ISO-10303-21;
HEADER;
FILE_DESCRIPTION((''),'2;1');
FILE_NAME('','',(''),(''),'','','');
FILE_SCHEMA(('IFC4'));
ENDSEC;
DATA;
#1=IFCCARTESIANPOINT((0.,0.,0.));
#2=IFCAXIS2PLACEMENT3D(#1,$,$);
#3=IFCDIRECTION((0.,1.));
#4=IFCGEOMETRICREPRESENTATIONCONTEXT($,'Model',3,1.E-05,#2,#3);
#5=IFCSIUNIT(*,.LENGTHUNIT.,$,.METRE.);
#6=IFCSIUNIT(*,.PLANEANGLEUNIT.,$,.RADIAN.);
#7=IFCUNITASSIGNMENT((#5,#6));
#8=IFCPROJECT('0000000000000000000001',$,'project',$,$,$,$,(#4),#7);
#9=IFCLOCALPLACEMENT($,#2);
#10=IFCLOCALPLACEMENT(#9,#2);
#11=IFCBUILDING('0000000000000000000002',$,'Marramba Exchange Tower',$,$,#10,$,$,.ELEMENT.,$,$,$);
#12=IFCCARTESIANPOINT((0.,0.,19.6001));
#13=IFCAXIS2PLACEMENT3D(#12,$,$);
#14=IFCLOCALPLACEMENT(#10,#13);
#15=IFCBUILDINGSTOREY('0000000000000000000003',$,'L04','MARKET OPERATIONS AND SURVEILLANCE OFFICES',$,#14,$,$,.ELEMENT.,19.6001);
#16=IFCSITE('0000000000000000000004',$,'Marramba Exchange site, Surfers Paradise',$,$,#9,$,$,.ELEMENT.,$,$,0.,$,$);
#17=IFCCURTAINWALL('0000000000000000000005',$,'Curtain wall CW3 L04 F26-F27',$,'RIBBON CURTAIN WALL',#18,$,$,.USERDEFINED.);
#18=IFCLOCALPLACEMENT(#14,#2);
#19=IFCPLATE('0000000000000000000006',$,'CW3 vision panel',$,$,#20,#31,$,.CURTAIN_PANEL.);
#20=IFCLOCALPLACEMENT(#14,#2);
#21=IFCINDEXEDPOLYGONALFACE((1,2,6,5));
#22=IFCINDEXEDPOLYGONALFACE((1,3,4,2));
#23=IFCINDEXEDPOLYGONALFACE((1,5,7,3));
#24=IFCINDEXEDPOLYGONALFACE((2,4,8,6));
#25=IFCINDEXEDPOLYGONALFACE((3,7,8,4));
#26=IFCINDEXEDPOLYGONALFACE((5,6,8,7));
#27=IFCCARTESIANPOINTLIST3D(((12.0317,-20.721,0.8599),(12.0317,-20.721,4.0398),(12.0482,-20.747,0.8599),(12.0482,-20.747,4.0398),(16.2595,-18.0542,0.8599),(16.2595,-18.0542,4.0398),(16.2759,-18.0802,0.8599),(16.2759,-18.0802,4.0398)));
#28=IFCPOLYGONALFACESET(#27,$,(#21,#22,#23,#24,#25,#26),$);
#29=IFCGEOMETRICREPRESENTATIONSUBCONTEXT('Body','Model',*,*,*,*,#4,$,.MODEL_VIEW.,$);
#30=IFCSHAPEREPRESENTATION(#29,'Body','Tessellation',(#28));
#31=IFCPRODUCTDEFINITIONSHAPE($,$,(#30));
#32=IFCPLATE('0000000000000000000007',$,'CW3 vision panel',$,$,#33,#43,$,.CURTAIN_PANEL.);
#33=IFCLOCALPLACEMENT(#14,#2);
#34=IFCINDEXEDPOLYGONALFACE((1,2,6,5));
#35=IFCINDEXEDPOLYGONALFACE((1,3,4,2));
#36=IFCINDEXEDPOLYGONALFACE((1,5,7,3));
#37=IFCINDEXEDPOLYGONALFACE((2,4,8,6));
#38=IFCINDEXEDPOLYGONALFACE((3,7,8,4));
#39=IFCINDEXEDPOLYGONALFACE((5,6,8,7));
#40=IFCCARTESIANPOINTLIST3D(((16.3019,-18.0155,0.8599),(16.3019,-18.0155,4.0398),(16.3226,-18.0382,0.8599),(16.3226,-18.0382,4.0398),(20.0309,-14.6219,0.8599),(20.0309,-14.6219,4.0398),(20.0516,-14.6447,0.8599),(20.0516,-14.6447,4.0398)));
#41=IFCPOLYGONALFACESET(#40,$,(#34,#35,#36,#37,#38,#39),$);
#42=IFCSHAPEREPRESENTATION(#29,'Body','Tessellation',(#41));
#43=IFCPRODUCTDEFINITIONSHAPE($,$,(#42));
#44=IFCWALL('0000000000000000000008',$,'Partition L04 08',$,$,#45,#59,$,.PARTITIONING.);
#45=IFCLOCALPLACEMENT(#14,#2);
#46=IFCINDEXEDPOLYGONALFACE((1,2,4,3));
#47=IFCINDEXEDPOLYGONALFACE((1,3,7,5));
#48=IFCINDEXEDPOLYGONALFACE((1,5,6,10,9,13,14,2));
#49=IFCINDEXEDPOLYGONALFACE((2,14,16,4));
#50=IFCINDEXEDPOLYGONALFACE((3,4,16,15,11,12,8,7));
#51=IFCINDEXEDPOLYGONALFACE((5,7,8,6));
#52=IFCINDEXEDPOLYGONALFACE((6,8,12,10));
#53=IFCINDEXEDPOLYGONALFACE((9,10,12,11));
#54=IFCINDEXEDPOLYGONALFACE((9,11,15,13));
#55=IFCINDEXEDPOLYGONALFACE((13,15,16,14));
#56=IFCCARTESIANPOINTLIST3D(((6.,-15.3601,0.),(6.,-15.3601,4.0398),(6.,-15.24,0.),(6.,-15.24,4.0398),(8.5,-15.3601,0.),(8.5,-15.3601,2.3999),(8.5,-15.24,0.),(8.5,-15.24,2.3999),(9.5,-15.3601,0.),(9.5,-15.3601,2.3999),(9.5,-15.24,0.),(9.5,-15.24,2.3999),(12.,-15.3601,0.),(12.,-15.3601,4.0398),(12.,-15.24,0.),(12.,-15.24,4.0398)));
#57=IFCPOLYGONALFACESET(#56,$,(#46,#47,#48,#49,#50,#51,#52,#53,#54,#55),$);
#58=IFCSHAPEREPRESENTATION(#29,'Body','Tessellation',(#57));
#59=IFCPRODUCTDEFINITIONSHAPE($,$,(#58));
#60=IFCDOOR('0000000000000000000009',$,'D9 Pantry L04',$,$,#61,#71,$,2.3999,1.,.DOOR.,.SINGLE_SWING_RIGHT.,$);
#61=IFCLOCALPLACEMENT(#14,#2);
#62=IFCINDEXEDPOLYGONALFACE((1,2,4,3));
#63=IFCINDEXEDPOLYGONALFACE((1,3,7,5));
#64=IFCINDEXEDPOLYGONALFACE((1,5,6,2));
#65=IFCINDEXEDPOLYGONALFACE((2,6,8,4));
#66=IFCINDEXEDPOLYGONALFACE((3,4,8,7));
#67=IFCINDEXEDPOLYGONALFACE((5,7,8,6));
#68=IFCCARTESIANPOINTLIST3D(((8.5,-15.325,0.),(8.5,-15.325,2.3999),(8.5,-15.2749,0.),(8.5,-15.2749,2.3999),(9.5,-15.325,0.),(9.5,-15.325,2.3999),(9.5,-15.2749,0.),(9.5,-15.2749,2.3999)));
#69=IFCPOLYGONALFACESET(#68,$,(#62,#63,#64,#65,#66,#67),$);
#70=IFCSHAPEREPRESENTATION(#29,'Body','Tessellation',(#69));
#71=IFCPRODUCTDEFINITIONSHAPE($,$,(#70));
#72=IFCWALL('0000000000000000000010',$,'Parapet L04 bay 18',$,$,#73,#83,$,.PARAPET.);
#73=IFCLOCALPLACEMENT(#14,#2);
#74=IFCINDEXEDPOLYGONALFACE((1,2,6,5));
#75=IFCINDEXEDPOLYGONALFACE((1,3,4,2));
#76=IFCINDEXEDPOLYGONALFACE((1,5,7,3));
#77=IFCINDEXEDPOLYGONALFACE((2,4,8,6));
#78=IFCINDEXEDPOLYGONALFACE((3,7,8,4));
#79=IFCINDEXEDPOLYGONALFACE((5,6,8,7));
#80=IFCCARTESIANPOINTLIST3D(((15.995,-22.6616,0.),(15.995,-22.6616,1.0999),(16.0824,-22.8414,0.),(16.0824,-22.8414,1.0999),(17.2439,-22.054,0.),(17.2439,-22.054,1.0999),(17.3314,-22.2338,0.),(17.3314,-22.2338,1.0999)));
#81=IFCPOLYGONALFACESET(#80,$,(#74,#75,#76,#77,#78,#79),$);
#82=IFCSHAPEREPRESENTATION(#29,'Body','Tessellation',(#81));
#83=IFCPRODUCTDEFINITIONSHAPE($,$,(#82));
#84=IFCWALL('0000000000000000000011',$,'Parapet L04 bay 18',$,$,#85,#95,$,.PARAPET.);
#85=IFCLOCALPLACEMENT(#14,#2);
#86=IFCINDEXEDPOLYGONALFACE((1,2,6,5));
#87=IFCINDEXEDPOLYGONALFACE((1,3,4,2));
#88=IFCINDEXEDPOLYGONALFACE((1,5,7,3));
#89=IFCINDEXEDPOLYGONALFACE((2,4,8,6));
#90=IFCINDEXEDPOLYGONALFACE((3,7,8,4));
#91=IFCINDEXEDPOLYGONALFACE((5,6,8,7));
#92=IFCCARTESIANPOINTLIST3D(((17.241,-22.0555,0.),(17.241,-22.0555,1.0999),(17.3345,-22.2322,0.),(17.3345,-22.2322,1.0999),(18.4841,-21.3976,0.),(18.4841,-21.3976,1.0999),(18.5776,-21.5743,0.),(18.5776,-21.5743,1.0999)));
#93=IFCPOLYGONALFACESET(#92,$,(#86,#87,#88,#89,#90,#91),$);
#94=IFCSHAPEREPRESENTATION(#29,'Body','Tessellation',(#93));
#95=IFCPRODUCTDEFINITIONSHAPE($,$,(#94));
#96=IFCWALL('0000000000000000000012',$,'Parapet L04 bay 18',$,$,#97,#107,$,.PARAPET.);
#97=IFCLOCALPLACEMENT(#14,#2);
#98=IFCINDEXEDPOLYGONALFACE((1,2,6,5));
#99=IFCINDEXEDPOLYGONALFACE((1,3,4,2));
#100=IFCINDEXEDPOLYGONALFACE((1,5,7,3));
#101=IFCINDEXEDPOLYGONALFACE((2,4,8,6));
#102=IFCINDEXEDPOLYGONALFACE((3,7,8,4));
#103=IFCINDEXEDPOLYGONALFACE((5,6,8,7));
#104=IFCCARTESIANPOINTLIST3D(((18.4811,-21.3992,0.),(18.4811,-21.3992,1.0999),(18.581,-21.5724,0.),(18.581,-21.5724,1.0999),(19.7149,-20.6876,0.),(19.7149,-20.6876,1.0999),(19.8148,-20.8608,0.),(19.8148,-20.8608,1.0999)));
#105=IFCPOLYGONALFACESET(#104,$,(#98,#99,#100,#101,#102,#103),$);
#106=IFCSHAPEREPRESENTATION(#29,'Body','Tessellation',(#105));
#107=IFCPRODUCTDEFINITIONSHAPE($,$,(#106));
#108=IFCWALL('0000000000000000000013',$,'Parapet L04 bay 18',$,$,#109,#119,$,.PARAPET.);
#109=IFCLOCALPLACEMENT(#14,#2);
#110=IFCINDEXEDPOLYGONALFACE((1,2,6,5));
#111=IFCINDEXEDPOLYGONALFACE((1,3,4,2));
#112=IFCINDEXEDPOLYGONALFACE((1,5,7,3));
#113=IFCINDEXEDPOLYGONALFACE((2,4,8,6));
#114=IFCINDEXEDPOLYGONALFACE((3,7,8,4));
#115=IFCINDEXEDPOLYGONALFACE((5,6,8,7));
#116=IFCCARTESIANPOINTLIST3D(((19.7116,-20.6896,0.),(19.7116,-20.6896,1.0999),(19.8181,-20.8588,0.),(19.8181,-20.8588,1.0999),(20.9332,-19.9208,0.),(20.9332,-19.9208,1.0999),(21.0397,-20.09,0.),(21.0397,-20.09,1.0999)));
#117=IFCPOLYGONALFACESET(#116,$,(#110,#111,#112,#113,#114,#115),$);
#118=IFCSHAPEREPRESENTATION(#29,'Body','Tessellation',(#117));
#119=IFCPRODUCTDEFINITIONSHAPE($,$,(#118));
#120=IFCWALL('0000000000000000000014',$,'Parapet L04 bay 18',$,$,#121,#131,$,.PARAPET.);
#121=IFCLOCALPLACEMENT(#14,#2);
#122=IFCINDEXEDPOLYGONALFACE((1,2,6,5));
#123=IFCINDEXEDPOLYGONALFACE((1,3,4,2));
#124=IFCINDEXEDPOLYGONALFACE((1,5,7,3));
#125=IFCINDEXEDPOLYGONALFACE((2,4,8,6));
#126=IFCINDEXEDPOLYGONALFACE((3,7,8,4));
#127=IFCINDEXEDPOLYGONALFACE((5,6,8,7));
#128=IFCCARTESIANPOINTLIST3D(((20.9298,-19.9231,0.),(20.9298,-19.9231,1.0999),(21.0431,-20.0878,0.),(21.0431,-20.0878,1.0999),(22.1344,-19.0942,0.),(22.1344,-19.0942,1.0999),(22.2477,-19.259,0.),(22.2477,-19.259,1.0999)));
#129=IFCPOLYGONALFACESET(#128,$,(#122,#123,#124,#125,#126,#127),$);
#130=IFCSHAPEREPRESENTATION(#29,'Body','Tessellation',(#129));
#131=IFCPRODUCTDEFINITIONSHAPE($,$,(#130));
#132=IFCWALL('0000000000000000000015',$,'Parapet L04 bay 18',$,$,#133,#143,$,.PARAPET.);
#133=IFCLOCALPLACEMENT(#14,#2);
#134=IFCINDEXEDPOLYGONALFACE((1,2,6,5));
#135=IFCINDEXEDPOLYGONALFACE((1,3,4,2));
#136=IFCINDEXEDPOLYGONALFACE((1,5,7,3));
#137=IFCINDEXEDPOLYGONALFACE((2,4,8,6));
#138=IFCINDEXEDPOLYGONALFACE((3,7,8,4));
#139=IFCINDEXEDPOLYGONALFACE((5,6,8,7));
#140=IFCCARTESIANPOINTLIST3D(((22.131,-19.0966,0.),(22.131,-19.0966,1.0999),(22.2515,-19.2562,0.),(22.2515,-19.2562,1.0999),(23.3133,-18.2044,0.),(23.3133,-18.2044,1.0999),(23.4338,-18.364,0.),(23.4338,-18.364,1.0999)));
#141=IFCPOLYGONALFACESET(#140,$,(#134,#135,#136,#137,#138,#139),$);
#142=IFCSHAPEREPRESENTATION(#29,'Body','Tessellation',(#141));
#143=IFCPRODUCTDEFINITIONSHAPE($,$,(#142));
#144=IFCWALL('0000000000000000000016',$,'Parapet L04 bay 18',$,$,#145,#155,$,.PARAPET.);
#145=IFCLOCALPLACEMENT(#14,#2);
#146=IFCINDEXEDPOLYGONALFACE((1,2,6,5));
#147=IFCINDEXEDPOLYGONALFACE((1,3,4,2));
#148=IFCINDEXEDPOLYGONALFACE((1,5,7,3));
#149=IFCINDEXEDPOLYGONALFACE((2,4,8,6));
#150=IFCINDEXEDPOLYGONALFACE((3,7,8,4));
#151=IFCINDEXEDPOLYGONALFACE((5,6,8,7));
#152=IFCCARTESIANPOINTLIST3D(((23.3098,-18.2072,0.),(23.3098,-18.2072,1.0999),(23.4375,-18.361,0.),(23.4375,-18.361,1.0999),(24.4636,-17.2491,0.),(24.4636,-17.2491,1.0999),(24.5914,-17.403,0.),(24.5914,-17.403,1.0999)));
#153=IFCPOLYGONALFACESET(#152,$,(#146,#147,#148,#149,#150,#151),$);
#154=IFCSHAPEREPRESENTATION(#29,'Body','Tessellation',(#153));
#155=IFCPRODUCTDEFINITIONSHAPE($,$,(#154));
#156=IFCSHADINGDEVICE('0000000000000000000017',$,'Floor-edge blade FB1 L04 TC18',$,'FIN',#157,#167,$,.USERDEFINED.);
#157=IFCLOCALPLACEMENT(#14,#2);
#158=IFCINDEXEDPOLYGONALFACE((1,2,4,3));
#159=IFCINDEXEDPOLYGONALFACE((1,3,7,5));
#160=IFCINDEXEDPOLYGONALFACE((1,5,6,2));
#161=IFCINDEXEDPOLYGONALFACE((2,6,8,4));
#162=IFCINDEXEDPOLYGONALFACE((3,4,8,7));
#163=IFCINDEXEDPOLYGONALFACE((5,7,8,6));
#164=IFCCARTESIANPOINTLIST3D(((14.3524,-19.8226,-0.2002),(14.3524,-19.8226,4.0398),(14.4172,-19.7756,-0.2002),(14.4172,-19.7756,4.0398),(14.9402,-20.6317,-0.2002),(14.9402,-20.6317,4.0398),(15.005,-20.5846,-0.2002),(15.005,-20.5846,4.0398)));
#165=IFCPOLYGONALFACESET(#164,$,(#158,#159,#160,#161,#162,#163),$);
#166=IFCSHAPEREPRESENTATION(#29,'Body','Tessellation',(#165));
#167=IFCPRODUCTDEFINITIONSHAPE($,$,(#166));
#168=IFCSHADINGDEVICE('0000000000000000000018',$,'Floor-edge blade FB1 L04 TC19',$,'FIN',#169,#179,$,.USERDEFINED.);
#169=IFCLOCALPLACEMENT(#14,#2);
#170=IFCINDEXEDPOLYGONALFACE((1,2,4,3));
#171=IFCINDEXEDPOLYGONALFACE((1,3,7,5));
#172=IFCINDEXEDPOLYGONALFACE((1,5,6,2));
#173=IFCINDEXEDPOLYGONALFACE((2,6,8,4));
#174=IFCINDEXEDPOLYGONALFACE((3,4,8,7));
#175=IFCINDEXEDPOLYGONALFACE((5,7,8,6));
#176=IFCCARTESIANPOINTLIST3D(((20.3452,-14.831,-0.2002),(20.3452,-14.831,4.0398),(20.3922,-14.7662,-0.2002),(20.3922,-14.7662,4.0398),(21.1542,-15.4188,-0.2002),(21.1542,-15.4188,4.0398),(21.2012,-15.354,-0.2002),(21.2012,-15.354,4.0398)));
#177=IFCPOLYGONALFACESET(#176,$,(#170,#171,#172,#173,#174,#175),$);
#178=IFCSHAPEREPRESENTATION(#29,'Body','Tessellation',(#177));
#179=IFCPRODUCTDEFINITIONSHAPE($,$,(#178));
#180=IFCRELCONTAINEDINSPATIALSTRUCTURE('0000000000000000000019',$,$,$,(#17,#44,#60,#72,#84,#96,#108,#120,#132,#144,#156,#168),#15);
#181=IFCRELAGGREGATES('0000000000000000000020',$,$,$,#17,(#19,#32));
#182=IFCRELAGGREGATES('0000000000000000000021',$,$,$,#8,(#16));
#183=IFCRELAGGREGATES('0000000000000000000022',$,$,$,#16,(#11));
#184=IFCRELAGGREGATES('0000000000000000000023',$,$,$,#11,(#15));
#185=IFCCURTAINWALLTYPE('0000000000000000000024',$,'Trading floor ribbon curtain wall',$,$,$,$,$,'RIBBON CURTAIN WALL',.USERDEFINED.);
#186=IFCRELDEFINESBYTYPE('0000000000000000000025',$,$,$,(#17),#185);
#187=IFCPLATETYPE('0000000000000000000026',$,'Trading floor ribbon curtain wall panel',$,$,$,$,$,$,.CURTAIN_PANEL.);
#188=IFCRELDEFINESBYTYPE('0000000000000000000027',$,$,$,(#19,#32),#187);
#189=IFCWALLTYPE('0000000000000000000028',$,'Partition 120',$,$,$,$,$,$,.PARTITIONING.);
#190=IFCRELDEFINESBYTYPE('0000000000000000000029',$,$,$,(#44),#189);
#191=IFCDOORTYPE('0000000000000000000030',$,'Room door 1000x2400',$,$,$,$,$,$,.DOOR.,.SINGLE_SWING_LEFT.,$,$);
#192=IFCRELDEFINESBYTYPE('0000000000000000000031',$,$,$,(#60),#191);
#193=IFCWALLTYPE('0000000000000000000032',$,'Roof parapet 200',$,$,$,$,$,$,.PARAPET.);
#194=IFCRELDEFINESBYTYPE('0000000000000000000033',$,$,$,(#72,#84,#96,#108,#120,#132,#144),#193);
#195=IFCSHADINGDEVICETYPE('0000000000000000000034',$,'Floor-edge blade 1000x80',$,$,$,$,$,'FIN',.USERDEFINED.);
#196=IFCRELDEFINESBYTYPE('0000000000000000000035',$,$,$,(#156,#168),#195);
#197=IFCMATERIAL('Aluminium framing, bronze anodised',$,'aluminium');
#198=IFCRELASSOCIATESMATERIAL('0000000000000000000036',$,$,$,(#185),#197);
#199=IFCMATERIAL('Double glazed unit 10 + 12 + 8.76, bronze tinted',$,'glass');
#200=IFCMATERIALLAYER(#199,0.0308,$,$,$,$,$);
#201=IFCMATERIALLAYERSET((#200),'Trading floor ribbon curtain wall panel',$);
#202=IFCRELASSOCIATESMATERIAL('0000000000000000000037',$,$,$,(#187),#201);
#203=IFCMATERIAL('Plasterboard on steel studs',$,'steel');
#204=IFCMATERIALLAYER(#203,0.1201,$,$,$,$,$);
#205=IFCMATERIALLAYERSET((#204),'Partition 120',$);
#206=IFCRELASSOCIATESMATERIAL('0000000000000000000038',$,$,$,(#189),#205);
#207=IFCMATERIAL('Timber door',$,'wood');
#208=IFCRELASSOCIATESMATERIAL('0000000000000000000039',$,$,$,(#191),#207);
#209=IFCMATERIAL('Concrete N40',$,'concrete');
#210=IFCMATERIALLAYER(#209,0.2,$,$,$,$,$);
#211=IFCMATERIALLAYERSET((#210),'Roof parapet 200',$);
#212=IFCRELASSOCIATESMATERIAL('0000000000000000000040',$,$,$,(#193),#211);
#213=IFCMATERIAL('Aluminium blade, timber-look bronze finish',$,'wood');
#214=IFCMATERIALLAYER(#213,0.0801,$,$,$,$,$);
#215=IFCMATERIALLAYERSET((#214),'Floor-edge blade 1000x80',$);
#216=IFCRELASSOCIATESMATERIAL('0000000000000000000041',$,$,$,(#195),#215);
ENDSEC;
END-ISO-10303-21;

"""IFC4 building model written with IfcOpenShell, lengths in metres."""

from ifc_helpers import new_model, si_unit, direction, frame, frame_2d, origin, origin_2d, place, context, subcontext, project, spatial, rectangle, extrude, material, layer, layer_set, type_object, element, fill, aggregate, save


model = new_model("IFC4")

# Units and contexts
model_context = context("Model", 3, precision=1e-05, world=origin(), true_north=direction((0.0, 1.0)))
body_context = subcontext(model_context, "Body", "Model", "MODEL_VIEW")
ifc_project = project(units=[si_unit("LENGTHUNIT", "METRE"), si_unit("PLANEANGLEUNIT", "RADIAN")], contexts=[model_context])

# Site, building, storey
site_placement = place(None, origin())
site = spatial("IfcSite", under=ifc_project, at=site_placement, Name="Marramba Exchange site, Surfers Paradise", CompositionType="ELEMENT", RefElevation=0.0)
building_placement = place(site_placement, origin())
building = spatial("IfcBuilding", under=site, at=building_placement, Name="Marramba Exchange Tower", CompositionType="ELEMENT")
storey_placement = place(building_placement, frame((0.0, 0.0, 19.6001)))
storey = spatial("IfcBuildingStorey", under=building, at=storey_placement, Name="L04", Description="MARKET OPERATIONS AND SURVEILLANCE OFFICES", CompositionType="ELEMENT", Elevation=19.6001)

# Curtain wall, plates
ifc_material_1 = material(Name="Aluminium framing, bronze anodised", Category="aluminium")
curtain_wall_type = type_object("IfcCurtainWallType", Name="Trading floor ribbon curtain wall", ElementType="RIBBON CURTAIN WALL", PredefinedType="USERDEFINED", material=ifc_material_1)
curtain_wall_placement = place(storey_placement, origin())
curtain_wall = element("IfcCurtainWall", 1, at=curtain_wall_placement, inside=storey, type_object=curtain_wall_type, Name="Curtain wall CW3 L04 F26-F27", ObjectType="RIBBON CURTAIN WALL", PredefinedType="USERDEFINED")
ifc_material_2 = material(Name="Double glazed unit 10 + 12 + 8.76, bronze tinted", Category="glass")
ifc_layer_1 = layer(ifc_material_2, 0.0308)
ifc_layer_set_1 = layer_set([ifc_layer_1], Name="Trading floor ribbon curtain wall panel")
plate_type = type_object("IfcPlateType", Name="Trading floor ribbon curtain wall panel", PredefinedType="CURTAIN_PANEL", material=ifc_layer_set_1)
plate_1_placement = place(storey_placement, frame((14.1538, -19.4006, 0.8599), z_axis=(0.0, 0.0, 1.0), x_axis=(0.845791, 0.533515, 0.0)))
plate_1 = element("IfcPlate", 2, at=plate_1_placement, type_object=plate_type, Name="CW3 vision panel", PredefinedType="CURTAIN_PANEL", context=body_context, shape_type="SweptSolid", body=[
    extrude(rectangle(XDim=4.9985, YDim=0.0308, at=origin_2d()), origin(), (0.0, 0.0, 1.0), 3.1799),
])
plate_2_placement = place(storey_placement, frame((18.1768, -16.3301, 0.8599), z_axis=(0.0, 0.0, 1.0), x_axis=(0.73959, 0.673058, 0.0)))
plate_2 = element("IfcPlate", 3, at=plate_2_placement, type_object=plate_type, Name="CW3 vision panel", PredefinedType="CURTAIN_PANEL", context=body_context, shape_type="SweptSolid", body=[
    extrude(rectangle(XDim=5.042, YDim=0.0308, at=origin_2d()), origin(), (0.0, 0.0, 1.0), 3.1799),
])
aggregate(curtain_wall, [plate_1, plate_2])

# Wall, opening, door
ifc_material_3 = material(Name="Plasterboard on steel studs", Category="steel")
ifc_layer_2 = layer(ifc_material_3, 0.1201)
ifc_layer_set_2 = layer_set([ifc_layer_2], Name="Partition 120")
wall_type_1 = type_object("IfcWallType", Name="Partition 120", PredefinedType="PARTITIONING", material=ifc_layer_set_2)
wall_1_placement = place(storey_placement, frame((12.0, -15.3, 0.0), z_axis=(0.0, 0.0, 1.0), x_axis=(-1.0, 0.0, 0.0)))
wall_1 = element("IfcWall", 4, at=wall_1_placement, inside=storey, type_object=wall_type_1, Name="Partition L04 08", PredefinedType="PARTITIONING", context=body_context, shape_type="SweptSolid", body=[
    extrude(rectangle(XDim=6.0, YDim=0.1201, at=frame_2d((3.0, 0.0))), origin(), (0.0, 0.0, 1.0), 4.0398),
])
opening_1_placement = place(wall_1_placement, frame((2.5, 0.0, 0.0)))
opening_1 = element("IfcOpeningElement", 5, at=opening_1_placement, cuts=wall_1, PredefinedType="OPENING", context=body_context, shape_type="SweptSolid", body=[
    extrude(rectangle(XDim=1.0, YDim=2.3999, at=frame_2d((0.5, 1.2))), frame((0.0, 0.0701, 0.0), z_axis=(0.0, -1.0, 0.0), x_axis=(1.0, 0.0, 0.0)), (0.0, 0.0, 1.0), 0.1401),
])
ifc_material_4 = material(Name="Timber door", Category="wood")
door_type_1 = type_object("IfcDoorType", Name="Room door 1000x2400", OperationType="SINGLE_SWING_LEFT", PredefinedType="DOOR", material=ifc_material_4)
door_1_placement = place(opening_1_placement, frame((1.0, 0.0, 0.0), z_axis=(0.0, 0.0, 1.0), x_axis=(-1.0, 0.0, 0.0)))
door_1 = element("IfcDoor", 6, at=door_1_placement, inside=storey, type_object=door_type_1, Name="D9 Pantry L04", OperationType="SINGLE_SWING_RIGHT", OverallHeight=2.3999, OverallWidth=1.0, PredefinedType="DOOR", context=body_context, shape_type="SweptSolid", body=[
    extrude(rectangle(XDim=1.0, YDim=2.3999, at=frame_2d((0.5, 1.2))), frame((0.0, 0.0251, 0.0), z_axis=(0.0, -1.0, 0.0), x_axis=(1.0, 0.0, 0.0)), (0.0, 0.0, 1.0), 0.05),
])
fill(opening_1, door_1)

# Walls
ifc_material_5 = material(Name="Concrete N40", Category="concrete")
ifc_layer_3 = layer(ifc_material_5, 0.2)
ifc_layer_set_3 = layer_set([ifc_layer_3], Name="Roof parapet 200")
wall_type_2 = type_object("IfcWallType", Name="Roof parapet 200", PredefinedType="PARAPET", material=ifc_layer_set_3)
wall_2_placement = place(storey_placement, frame((16.0388, -22.7515, 0.0), z_axis=(0.0, 0.0, 1.0), x_axis=(0.899226, 0.437485, 0.0)))
element("IfcWall", 7, at=wall_2_placement, inside=storey, type_object=wall_type_2, Name="Parapet L04 bay 18", PredefinedType="PARAPET", context=body_context, shape_type="SweptSolid", body=[
    extrude(rectangle(XDim=1.3889, YDim=0.2, at=frame_2d((0.6943, 0.0))), origin(), (0.0, 0.0, 1.0), 1.0999),
])
wall_3_placement = place(storey_placement, frame((17.2878, -22.1438, 0.0), z_axis=(0.0, 0.0, 1.0), x_axis=(0.883843, 0.467784, 0.0)))
element("IfcWall", 8, at=wall_3_placement, inside=storey, type_object=wall_type_2, Name="Parapet L04 bay 18", PredefinedType="PARAPET", context=body_context, shape_type="SweptSolid", body=[
    extrude(rectangle(XDim=1.4065, YDim=0.2, at=frame_2d((0.7031, 0.0))), origin(), (0.0, 0.0, 1.0), 1.0999),
])
wall_4_placement = place(storey_placement, frame((18.531, -21.4858, 0.0), z_axis=(0.0, 0.0, 1.0), x_axis=(0.866243, 0.499624, 0.0)))
element("IfcWall", 9, at=wall_4_placement, inside=storey, type_object=wall_type_2, Name="Parapet L04 bay 18", PredefinedType="PARAPET", context=body_context, shape_type="SweptSolid", body=[
    extrude(rectangle(XDim=1.4243, YDim=0.2, at=frame_2d((0.7122, 0.0))), origin(), (0.0, 0.0, 1.0), 1.0999),
])
wall_5_placement = place(storey_placement, frame((19.7649, -20.7742, 0.0), z_axis=(0.0, 0.0, 1.0), x_axis=(0.84636, 0.532611, 0.0)))
element("IfcWall", 10, at=wall_5_placement, inside=storey, type_object=wall_type_2, Name="Parapet L04 bay 18", PredefinedType="PARAPET", context=body_context, shape_type="SweptSolid", body=[
    extrude(rectangle(XDim=1.4434, YDim=0.2, at=frame_2d((0.7217, 0.0))), origin(), (0.0, 0.0, 1.0), 1.0999),
])
wall_6_placement = place(storey_placement, frame((20.9866, -20.0054, 0.0), z_axis=(0.0, 0.0, 1.0), x_axis=(0.823818, 0.566855, 0.0)))
element("IfcWall", 11, at=wall_6_placement, inside=storey, type_object=wall_type_2, Name="Parapet L04 bay 18", PredefinedType="PARAPET", context=body_context, shape_type="SweptSolid", body=[
    extrude(rectangle(XDim=1.4622, YDim=0.2, at=frame_2d((0.731, 0.0))), origin(), (0.0, 0.0, 1.0), 1.0999),
])
wall_7_placement = place(storey_placement, frame((22.1912, -19.1765, 0.0), z_axis=(0.0, 0.0, 1.0), x_axis=(0.798197, 0.602397, 0.0)))
element("IfcWall", 12, at=wall_7_placement, inside=storey, type_object=wall_type_2, Name="Parapet L04 bay 18", PredefinedType="PARAPET", context=body_context, shape_type="SweptSolid", body=[
    extrude(rectangle(XDim=1.4812, YDim=0.2, at=frame_2d((0.7407, 0.0))), origin(), (0.0, 0.0, 1.0), 1.0999),
])
wall_8_placement = place(storey_placement, frame((23.3735, -18.2842, 0.0), z_axis=(0.0, 0.0, 1.0), x_axis=(0.769368, 0.638806, 0.0)))
element("IfcWall", 13, at=wall_8_placement, inside=storey, type_object=wall_type_2, Name="Parapet L04 bay 18", PredefinedType="PARAPET", context=body_context, shape_type="SweptSolid", body=[
    extrude(rectangle(XDim=1.4998, YDim=0.2, at=frame_2d((0.75, 0.0))), origin(), (0.0, 0.0, 1.0), 1.0999),
])

# Shading devices
ifc_material_6 = material(Name="Aluminium blade, timber-look bronze finish", Category="wood")
ifc_layer_4 = layer(ifc_material_6, 0.0801)
ifc_layer_set_4 = layer_set([ifc_layer_4], Name="Floor-edge blade 1000x80")
shading_device_type_1 = type_object("IfcShadingDeviceType", Name="Floor-edge blade 1000x80", ElementType="FIN", PredefinedType="USERDEFINED", material=ifc_layer_set_4)
for number, where, z_axis, x_axis, name in (
    (14, (14.6787, -20.2036, -0.2002), (0.0, 0.0, 1.0), (0.587785, -0.809017, 0.0), "Floor-edge blade FB1 L04 TC18"),
    (15, (20.7732, -15.0925, -0.2002), (0.0, 0.0, 1.0), (0.809017, -0.587785, 0.0), "Floor-edge blade FB1 L04 TC19"),
):
    element("IfcShadingDevice", number, at=place(storey_placement, frame(where, z_axis=z_axis, x_axis=x_axis)), inside=storey, type_object=shading_device_type_1, Name=name, ObjectType="FIN", PredefinedType="USERDEFINED", context=body_context, shape_type="SweptSolid", body=[
        extrude(rectangle(XDim=1.0, YDim=0.0801, at=origin_2d()), origin(), (0.0, 0.0, 1.0), 4.24),
    ])

save(model, "model.ifc")
